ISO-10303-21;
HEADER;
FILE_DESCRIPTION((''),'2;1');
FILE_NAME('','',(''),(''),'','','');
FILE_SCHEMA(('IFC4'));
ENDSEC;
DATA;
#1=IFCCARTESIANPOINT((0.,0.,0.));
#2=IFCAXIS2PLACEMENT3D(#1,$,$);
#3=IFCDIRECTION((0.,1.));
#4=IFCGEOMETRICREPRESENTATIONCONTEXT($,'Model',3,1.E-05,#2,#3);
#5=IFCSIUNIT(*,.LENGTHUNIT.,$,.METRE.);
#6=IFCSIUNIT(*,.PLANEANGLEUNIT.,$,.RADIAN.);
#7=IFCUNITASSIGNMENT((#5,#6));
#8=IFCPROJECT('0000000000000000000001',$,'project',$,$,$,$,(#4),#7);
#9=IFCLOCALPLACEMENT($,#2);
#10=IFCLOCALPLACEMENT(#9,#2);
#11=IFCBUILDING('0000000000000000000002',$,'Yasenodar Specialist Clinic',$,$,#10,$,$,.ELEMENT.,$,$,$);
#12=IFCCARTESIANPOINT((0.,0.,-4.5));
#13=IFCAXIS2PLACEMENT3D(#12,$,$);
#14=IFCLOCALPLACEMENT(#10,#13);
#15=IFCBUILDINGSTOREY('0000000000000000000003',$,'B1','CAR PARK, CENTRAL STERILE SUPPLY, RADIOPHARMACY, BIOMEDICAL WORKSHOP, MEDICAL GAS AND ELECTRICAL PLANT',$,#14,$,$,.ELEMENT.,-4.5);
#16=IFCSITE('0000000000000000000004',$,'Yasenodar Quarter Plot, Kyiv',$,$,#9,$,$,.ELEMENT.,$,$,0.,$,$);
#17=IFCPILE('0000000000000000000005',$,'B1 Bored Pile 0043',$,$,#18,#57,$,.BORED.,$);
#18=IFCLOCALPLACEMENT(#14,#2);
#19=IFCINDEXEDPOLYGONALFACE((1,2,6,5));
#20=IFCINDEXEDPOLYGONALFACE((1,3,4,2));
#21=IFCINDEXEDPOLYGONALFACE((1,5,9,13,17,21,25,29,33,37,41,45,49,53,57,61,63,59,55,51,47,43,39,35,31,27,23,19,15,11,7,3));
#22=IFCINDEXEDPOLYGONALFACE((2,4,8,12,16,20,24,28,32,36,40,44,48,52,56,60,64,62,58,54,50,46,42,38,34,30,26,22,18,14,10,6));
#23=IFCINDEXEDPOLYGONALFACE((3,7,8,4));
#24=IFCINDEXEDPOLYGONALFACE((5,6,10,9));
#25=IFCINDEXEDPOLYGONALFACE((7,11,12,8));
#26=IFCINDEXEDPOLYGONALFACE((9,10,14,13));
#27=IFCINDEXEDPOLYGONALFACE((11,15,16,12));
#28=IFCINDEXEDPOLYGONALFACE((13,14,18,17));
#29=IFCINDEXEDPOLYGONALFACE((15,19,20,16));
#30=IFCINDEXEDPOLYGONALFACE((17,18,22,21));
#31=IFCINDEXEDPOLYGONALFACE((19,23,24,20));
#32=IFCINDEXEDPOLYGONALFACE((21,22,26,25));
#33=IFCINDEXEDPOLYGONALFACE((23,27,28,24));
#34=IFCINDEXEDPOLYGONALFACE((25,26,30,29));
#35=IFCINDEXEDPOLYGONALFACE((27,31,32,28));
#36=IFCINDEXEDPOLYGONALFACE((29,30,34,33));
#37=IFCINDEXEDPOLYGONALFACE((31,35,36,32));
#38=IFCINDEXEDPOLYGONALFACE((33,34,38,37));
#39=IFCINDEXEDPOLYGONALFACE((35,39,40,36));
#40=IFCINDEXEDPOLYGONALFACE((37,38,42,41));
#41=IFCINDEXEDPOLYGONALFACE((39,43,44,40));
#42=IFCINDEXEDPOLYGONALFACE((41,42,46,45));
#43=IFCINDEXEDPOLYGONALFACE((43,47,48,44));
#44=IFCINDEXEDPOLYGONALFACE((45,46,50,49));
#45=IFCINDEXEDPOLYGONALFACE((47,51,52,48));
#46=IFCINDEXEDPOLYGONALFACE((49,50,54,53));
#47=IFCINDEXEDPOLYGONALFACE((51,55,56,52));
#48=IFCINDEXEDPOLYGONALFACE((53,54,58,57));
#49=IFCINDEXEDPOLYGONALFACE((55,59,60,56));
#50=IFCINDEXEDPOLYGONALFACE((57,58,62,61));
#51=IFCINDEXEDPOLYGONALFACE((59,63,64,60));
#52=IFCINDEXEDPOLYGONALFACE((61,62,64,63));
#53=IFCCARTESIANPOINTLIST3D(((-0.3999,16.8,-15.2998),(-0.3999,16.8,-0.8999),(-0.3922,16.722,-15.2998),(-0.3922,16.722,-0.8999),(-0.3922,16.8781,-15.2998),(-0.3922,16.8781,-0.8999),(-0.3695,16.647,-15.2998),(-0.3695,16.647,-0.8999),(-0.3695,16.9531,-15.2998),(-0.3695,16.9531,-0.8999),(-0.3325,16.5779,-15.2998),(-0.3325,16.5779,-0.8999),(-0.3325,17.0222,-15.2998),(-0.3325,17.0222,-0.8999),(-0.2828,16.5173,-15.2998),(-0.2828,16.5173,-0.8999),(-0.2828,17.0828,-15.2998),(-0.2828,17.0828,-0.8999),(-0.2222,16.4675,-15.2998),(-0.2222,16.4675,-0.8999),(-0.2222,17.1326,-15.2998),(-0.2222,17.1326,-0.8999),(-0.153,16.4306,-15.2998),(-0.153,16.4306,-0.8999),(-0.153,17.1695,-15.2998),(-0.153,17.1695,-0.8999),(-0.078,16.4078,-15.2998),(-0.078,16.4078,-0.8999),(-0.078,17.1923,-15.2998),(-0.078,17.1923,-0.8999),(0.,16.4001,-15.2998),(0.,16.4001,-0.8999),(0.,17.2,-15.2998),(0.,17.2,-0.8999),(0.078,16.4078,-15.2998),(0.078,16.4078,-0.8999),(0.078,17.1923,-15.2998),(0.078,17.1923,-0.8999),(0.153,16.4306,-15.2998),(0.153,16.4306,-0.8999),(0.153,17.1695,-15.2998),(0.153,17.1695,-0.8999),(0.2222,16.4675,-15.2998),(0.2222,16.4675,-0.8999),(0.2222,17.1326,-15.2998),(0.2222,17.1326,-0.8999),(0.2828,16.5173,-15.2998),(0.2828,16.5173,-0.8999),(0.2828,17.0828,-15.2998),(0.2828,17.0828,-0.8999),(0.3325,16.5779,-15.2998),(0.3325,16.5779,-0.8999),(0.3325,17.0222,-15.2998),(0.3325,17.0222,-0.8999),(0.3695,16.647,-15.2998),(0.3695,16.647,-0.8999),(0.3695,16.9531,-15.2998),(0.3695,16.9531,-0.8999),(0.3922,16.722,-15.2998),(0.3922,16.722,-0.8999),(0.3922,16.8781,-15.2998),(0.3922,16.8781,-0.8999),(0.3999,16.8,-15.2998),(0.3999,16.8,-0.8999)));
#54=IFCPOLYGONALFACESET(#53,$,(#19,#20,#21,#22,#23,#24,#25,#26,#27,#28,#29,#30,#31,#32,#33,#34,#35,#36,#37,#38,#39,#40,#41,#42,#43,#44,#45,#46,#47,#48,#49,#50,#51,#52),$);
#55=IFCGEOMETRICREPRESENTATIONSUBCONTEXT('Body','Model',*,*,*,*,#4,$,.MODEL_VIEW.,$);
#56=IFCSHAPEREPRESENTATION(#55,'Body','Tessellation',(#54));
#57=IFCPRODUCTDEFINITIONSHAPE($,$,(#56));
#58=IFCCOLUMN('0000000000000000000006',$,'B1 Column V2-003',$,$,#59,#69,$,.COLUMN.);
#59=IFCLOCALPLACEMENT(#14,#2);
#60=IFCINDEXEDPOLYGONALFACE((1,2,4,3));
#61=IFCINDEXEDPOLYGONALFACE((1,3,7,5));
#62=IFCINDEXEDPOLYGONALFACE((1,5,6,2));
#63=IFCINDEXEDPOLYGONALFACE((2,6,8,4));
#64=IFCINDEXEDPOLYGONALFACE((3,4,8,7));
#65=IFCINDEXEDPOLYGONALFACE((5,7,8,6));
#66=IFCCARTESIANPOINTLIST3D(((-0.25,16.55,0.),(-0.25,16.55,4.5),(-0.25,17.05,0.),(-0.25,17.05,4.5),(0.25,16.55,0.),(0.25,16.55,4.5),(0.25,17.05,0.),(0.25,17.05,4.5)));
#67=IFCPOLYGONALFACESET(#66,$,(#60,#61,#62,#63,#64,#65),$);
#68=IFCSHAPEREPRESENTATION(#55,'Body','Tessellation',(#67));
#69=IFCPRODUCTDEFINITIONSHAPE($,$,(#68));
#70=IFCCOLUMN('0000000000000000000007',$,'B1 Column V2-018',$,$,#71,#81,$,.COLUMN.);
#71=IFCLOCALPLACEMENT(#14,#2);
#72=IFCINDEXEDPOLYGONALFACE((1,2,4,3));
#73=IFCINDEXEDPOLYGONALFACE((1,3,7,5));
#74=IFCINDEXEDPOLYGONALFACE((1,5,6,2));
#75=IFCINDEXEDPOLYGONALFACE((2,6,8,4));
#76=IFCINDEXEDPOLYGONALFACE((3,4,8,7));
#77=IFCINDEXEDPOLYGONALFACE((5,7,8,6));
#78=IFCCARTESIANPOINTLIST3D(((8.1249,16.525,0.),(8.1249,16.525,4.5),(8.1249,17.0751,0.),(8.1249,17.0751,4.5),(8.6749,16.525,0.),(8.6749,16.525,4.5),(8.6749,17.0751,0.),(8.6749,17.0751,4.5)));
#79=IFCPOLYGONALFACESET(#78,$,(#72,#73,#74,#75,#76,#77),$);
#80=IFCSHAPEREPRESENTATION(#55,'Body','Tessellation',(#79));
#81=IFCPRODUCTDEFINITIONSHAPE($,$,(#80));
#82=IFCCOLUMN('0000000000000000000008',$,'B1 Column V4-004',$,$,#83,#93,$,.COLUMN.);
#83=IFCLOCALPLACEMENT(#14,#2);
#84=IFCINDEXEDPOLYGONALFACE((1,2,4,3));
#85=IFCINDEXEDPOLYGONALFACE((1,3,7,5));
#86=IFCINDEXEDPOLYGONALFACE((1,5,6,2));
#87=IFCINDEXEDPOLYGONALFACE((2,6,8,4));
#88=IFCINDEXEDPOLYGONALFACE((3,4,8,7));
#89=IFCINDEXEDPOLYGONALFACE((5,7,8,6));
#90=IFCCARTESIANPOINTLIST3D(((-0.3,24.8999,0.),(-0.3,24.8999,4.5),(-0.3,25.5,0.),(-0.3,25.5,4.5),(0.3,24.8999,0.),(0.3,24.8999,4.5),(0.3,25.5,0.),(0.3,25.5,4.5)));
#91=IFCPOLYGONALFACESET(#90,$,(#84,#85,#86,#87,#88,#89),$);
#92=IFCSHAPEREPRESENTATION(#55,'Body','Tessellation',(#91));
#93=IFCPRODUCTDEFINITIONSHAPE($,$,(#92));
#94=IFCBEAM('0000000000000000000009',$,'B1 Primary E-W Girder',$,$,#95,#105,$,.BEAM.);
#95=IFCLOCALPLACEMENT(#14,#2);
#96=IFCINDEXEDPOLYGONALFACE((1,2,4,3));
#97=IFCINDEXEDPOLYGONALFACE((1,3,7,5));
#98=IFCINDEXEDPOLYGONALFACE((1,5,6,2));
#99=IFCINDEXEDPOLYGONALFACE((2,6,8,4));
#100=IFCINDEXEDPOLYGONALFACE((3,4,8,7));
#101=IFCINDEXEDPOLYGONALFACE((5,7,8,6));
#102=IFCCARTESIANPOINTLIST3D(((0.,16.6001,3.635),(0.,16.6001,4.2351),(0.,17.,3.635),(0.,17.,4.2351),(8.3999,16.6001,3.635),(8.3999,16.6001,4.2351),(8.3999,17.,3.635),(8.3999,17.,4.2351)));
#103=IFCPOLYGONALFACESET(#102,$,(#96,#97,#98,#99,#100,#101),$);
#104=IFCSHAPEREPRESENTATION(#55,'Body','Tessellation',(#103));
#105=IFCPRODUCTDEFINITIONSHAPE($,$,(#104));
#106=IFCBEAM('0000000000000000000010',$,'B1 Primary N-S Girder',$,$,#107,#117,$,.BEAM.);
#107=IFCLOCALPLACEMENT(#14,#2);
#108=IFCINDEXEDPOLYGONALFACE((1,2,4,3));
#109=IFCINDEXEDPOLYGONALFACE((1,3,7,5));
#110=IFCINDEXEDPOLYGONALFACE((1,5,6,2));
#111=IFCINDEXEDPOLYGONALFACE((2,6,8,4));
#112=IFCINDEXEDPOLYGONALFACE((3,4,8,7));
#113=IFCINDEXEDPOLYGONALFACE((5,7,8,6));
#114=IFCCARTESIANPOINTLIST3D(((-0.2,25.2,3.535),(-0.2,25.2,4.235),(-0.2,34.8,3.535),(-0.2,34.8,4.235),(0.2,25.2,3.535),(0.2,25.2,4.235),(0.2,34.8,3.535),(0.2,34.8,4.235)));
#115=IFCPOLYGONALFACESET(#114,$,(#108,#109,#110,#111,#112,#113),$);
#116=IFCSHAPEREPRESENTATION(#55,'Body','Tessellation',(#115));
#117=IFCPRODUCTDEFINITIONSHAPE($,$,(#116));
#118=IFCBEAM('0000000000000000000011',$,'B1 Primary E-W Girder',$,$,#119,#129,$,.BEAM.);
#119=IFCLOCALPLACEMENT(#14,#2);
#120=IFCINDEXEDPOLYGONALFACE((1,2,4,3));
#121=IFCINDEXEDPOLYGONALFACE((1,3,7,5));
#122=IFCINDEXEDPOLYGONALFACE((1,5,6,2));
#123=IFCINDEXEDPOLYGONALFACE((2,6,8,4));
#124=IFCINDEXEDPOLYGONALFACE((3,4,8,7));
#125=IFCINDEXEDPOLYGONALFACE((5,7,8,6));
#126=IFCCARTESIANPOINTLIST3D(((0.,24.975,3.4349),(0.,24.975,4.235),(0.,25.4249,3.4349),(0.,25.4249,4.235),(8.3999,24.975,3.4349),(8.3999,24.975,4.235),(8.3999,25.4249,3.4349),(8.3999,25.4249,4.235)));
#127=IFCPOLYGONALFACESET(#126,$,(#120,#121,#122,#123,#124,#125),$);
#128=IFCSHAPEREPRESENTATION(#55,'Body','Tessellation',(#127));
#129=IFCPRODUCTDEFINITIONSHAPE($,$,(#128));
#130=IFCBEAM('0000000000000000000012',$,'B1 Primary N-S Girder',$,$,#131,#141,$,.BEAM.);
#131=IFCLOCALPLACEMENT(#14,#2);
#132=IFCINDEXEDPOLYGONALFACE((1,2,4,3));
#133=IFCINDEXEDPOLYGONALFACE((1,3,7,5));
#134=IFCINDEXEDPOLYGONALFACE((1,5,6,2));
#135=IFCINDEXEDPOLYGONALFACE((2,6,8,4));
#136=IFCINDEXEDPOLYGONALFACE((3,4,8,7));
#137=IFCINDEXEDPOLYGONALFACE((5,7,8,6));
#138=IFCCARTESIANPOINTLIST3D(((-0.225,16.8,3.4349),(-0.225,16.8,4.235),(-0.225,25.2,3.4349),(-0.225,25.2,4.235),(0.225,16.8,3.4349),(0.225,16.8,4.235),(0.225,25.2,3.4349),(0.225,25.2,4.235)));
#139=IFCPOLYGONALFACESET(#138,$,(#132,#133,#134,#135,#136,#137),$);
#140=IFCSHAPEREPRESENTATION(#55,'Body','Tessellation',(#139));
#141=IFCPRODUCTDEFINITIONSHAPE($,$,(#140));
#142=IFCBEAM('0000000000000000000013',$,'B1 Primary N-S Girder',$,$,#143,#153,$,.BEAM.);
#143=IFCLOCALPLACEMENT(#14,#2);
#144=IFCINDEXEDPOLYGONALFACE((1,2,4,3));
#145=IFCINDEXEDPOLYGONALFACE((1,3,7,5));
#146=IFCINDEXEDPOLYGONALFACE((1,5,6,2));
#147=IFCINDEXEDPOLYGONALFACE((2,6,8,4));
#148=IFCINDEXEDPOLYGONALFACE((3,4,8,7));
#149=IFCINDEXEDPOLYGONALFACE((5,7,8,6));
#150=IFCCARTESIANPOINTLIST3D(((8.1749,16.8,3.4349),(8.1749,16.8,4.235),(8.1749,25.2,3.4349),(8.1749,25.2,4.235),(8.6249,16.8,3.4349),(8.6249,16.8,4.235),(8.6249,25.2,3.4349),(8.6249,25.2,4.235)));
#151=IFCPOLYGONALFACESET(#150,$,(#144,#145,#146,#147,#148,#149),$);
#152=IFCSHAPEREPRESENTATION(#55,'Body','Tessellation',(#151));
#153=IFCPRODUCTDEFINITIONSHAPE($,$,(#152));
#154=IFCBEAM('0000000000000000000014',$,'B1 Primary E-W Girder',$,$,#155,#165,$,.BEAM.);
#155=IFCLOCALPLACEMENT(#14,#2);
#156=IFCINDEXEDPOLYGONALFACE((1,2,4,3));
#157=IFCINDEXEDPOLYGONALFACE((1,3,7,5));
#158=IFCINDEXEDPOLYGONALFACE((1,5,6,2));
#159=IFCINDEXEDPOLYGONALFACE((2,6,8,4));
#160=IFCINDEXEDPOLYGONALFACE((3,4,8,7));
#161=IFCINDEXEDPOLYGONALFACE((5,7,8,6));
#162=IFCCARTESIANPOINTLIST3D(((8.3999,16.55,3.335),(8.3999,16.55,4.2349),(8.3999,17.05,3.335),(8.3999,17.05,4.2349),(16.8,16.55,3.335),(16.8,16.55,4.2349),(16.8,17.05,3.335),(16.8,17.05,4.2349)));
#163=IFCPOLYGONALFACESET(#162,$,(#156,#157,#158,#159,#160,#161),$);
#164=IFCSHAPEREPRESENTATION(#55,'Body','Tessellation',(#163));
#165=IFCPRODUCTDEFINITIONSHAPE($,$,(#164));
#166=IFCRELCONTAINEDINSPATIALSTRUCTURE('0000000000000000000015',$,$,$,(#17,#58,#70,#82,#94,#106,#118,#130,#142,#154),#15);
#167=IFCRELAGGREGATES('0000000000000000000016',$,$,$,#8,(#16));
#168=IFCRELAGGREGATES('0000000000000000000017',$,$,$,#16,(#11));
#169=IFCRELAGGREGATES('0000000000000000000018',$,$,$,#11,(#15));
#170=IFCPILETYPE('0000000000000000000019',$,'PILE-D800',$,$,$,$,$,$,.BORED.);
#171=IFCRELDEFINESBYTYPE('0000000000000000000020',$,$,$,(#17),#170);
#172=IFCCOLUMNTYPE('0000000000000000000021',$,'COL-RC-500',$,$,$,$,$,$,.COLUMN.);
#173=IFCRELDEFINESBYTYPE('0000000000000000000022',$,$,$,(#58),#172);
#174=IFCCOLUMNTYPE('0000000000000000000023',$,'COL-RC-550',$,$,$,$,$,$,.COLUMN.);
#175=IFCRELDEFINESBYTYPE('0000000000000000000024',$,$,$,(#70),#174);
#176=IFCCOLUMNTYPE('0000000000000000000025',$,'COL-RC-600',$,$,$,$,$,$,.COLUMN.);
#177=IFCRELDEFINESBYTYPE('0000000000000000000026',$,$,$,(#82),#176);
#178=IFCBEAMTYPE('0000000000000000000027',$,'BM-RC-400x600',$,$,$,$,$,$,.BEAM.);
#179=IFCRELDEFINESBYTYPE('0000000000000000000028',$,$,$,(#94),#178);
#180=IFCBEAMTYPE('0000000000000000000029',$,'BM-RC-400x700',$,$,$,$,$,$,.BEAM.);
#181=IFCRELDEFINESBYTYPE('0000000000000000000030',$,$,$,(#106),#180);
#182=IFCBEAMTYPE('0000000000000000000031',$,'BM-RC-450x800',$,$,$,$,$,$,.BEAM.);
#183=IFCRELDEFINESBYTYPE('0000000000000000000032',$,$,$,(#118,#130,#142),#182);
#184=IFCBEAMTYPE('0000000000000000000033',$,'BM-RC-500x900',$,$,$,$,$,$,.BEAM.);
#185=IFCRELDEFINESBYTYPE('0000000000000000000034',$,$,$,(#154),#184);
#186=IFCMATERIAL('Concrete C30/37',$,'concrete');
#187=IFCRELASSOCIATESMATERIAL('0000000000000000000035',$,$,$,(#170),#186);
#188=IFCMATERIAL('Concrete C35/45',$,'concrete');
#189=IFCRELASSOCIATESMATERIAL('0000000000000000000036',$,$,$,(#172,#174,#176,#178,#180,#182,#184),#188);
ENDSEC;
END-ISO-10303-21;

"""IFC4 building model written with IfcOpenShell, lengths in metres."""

from ifc_helpers import new_model, si_unit, direction, frame, origin, origin_2d, place, context, subcontext, project, spatial, rectangle, circle, extrude, material, material_profile, profile_set, type_object, element, save


model = new_model("IFC4")

# Units and contexts
model_context = context("Model", 3, precision=1e-05, world=origin(), true_north=direction((0.0, 1.0)))
body_context = subcontext(model_context, "Body", "Model", "MODEL_VIEW")
ifc_project = project(units=[si_unit("LENGTHUNIT", "METRE"), si_unit("PLANEANGLEUNIT", "RADIAN")], contexts=[model_context])

# Site, building, storey
site_placement = place(None, origin())
site = spatial("IfcSite", under=ifc_project, at=site_placement, Name="Yasenodar Quarter Plot, Kyiv", CompositionType="ELEMENT", RefElevation=0.0)
building_placement = place(site_placement, origin())
building = spatial("IfcBuilding", under=site, at=building_placement, Name="Yasenodar Specialist Clinic", CompositionType="ELEMENT")
storey_placement = place(building_placement, frame((0.0, 0.0, -4.5)))
storey = spatial("IfcBuildingStorey", under=building, at=storey_placement, Name="B1", Description="CAR PARK, CENTRAL STERILE SUPPLY, RADIOPHARMACY, BIOMEDICAL WORKSHOP, MEDICAL GAS AND ELECTRICAL PLANT", CompositionType="ELEMENT", Elevation=-4.5)

# Shared definitions
ifc_material_1 = material(Name="Concrete C35/45", Category="concrete")

# Pile
ifc_material_2 = material(Name="Concrete C30/37", Category="concrete")
ifc_material_profile_1 = material_profile(ifc_material_2, circle(Radius=0.3999, at=origin_2d()), Name="PILE D800")
ifc_profile_set_1 = profile_set([ifc_material_profile_1], Name="Concrete C30/37")
pile_type_1 = type_object("IfcPileType", Name="PILE-D800", PredefinedType="BORED", material=ifc_profile_set_1)
pile_placement = place(storey_placement, frame((0.0, 16.8, -0.8999), z_axis=(0.0, 0.0, -1.0), x_axis=(1.0, 0.0, 0.0)))
element("IfcPile", 1, at=pile_placement, inside=storey, type_object=pile_type_1, Name="B1 Bored Pile 0043", PredefinedType="BORED", context=body_context, shape_type="SweptSolid", body=[
    extrude(circle(Radius=0.3999, at=origin_2d()), origin(), (0.0, 0.0, 1.0), 14.3999),
])

# Columns
ifc_material_profile_2 = material_profile(ifc_material_1, rectangle(XDim=0.5, YDim=0.5, at=origin_2d()), Name="RC 500x500")
ifc_profile_set_2 = profile_set([ifc_material_profile_2], Name="Concrete C35/45")
column_type_1 = type_object("IfcColumnType", Name="COL-RC-500", PredefinedType="COLUMN", material=ifc_profile_set_2)
column_1_placement = place(storey_placement, frame((0.0, 16.8, 0.0), z_axis=(0.0, 0.0, 1.0), x_axis=(1.0, 0.0, 0.0)))
element("IfcColumn", 2, at=column_1_placement, inside=storey, type_object=column_type_1, Name="B1 Column V2-003", PredefinedType="COLUMN", context=body_context, shape_type="SweptSolid", body=[
    extrude(rectangle(XDim=0.5, YDim=0.5, at=origin_2d()), origin(), (0.0, 0.0, 1.0), 4.5),
])
ifc_material_profile_3 = material_profile(ifc_material_1, rectangle(XDim=0.55, YDim=0.55, at=origin_2d()), Name="RC 550x550")
ifc_profile_set_3 = profile_set([ifc_material_profile_3], Name="Concrete C35/45")
column_type_2 = type_object("IfcColumnType", Name="COL-RC-550", PredefinedType="COLUMN", material=ifc_profile_set_3)
column_2_placement = place(storey_placement, frame((8.3999, 16.8, 0.0), z_axis=(0.0, 0.0, 1.0), x_axis=(1.0, 0.0, 0.0)))
element("IfcColumn", 3, at=column_2_placement, inside=storey, type_object=column_type_2, Name="B1 Column V2-018", PredefinedType="COLUMN", context=body_context, shape_type="SweptSolid", body=[
    extrude(rectangle(XDim=0.55, YDim=0.55, at=origin_2d()), origin(), (0.0, 0.0, 1.0), 4.5),
])
ifc_material_profile_4 = material_profile(ifc_material_1, rectangle(XDim=0.6001, YDim=0.6001, at=origin_2d()), Name="RC 600x600")
ifc_profile_set_4 = profile_set([ifc_material_profile_4], Name="Concrete C35/45")
column_type_3 = type_object("IfcColumnType", Name="COL-RC-600", PredefinedType="COLUMN", material=ifc_profile_set_4)
column_3_placement = place(storey_placement, frame((0.0, 25.2, 0.0), z_axis=(0.0, 0.0, 1.0), x_axis=(1.0, 0.0, 0.0)))
element("IfcColumn", 4, at=column_3_placement, inside=storey, type_object=column_type_3, Name="B1 Column V4-004", PredefinedType="COLUMN", context=body_context, shape_type="SweptSolid", body=[
    extrude(rectangle(XDim=0.6001, YDim=0.6001, at=origin_2d()), origin(), (0.0, 0.0, 1.0), 4.5),
])

# Beams
ifc_material_profile_5 = material_profile(ifc_material_1, rectangle(XDim=0.3999, YDim=0.6001, at=origin_2d()), Name="RC 400x600")
ifc_profile_set_5 = profile_set([ifc_material_profile_5], Name="Concrete C35/45")
beam_type_1 = type_object("IfcBeamType", Name="BM-RC-400x600", PredefinedType="BEAM", material=ifc_profile_set_5)
beam_1_placement = place(storey_placement, frame((0.0, 16.8, 3.9351), z_axis=(1.0, 0.0, 0.0), x_axis=(0.0, 1.0, 0.0)))
element("IfcBeam", 5, at=beam_1_placement, inside=storey, type_object=beam_type_1, Name="B1 Primary E-W Girder", PredefinedType="BEAM", context=body_context, shape_type="SweptSolid", body=[
    extrude(rectangle(XDim=0.3999, YDim=0.6001, at=origin_2d()), origin(), (0.0, 0.0, 1.0), 8.3999),
])
ifc_material_profile_6 = material_profile(ifc_material_1, rectangle(XDim=0.3999, YDim=0.7, at=origin_2d()), Name="RC 400x700")
ifc_profile_set_6 = profile_set([ifc_material_profile_6], Name="Concrete C35/45")
beam_type_2 = type_object("IfcBeamType", Name="BM-RC-400x700", PredefinedType="BEAM", material=ifc_profile_set_6)
beam_2_placement = place(storey_placement, frame((0.0, 25.2, 3.885), z_axis=(0.0, 1.0, 0.0), x_axis=(-1.0, 0.0, 0.0)))
element("IfcBeam", 6, at=beam_2_placement, inside=storey, type_object=beam_type_2, Name="B1 Primary N-S Girder", PredefinedType="BEAM", context=body_context, shape_type="SweptSolid", body=[
    extrude(rectangle(XDim=0.3999, YDim=0.7, at=origin_2d()), origin(), (0.0, 0.0, 1.0), 9.6001),
])
ifc_material_profile_7 = material_profile(ifc_material_1, rectangle(XDim=0.45, YDim=0.8, at=origin_2d()), Name="RC 450x800")
ifc_profile_set_7 = profile_set([ifc_material_profile_7], Name="Concrete C35/45")
beam_type_3 = type_object("IfcBeamType", Name="BM-RC-450x800", PredefinedType="BEAM", material=ifc_profile_set_7)
for number, where, z_axis, x_axis, name in (
    (7, (0.0, 25.2, 3.835), (1.0, 0.0, 0.0), (0.0, 1.0, 0.0), "B1 Primary E-W Girder"),
    (8, (0.0, 16.8, 3.835), (0.0, 1.0, 0.0), (-1.0, 0.0, 0.0), "B1 Primary N-S Girder"),
    (9, (8.3999, 16.8, 3.835), (0.0, 1.0, 0.0), (-1.0, 0.0, 0.0), "B1 Primary N-S Girder"),
):
    element("IfcBeam", number, at=place(storey_placement, frame(where, z_axis=z_axis, x_axis=x_axis)), inside=storey, type_object=beam_type_3, Name=name, PredefinedType="BEAM", context=body_context, shape_type="SweptSolid", body=[
        extrude(rectangle(XDim=0.45, YDim=0.8, at=origin_2d()), origin(), (0.0, 0.0, 1.0), 8.3999),
    ])
ifc_material_profile_8 = material_profile(ifc_material_1, rectangle(XDim=0.5, YDim=0.8999, at=origin_2d()), Name="RC 500x900")
ifc_profile_set_8 = profile_set([ifc_material_profile_8], Name="Concrete C35/45")
beam_type_4 = type_object("IfcBeamType", Name="BM-RC-500x900", PredefinedType="BEAM", material=ifc_profile_set_8)
beam_3_placement = place(storey_placement, frame((8.3999, 16.8, 3.7849), z_axis=(1.0, 0.0, 0.0), x_axis=(0.0, 1.0, 0.0)))
element("IfcBeam", 10, at=beam_3_placement, inside=storey, type_object=beam_type_4, Name="B1 Primary E-W Girder", PredefinedType="BEAM", context=body_context, shape_type="SweptSolid", body=[
    extrude(rectangle(XDim=0.5, YDim=0.8999, at=origin_2d()), origin(), (0.0, 0.0, 1.0), 8.4001),
])

save(model, "model.ifc")
